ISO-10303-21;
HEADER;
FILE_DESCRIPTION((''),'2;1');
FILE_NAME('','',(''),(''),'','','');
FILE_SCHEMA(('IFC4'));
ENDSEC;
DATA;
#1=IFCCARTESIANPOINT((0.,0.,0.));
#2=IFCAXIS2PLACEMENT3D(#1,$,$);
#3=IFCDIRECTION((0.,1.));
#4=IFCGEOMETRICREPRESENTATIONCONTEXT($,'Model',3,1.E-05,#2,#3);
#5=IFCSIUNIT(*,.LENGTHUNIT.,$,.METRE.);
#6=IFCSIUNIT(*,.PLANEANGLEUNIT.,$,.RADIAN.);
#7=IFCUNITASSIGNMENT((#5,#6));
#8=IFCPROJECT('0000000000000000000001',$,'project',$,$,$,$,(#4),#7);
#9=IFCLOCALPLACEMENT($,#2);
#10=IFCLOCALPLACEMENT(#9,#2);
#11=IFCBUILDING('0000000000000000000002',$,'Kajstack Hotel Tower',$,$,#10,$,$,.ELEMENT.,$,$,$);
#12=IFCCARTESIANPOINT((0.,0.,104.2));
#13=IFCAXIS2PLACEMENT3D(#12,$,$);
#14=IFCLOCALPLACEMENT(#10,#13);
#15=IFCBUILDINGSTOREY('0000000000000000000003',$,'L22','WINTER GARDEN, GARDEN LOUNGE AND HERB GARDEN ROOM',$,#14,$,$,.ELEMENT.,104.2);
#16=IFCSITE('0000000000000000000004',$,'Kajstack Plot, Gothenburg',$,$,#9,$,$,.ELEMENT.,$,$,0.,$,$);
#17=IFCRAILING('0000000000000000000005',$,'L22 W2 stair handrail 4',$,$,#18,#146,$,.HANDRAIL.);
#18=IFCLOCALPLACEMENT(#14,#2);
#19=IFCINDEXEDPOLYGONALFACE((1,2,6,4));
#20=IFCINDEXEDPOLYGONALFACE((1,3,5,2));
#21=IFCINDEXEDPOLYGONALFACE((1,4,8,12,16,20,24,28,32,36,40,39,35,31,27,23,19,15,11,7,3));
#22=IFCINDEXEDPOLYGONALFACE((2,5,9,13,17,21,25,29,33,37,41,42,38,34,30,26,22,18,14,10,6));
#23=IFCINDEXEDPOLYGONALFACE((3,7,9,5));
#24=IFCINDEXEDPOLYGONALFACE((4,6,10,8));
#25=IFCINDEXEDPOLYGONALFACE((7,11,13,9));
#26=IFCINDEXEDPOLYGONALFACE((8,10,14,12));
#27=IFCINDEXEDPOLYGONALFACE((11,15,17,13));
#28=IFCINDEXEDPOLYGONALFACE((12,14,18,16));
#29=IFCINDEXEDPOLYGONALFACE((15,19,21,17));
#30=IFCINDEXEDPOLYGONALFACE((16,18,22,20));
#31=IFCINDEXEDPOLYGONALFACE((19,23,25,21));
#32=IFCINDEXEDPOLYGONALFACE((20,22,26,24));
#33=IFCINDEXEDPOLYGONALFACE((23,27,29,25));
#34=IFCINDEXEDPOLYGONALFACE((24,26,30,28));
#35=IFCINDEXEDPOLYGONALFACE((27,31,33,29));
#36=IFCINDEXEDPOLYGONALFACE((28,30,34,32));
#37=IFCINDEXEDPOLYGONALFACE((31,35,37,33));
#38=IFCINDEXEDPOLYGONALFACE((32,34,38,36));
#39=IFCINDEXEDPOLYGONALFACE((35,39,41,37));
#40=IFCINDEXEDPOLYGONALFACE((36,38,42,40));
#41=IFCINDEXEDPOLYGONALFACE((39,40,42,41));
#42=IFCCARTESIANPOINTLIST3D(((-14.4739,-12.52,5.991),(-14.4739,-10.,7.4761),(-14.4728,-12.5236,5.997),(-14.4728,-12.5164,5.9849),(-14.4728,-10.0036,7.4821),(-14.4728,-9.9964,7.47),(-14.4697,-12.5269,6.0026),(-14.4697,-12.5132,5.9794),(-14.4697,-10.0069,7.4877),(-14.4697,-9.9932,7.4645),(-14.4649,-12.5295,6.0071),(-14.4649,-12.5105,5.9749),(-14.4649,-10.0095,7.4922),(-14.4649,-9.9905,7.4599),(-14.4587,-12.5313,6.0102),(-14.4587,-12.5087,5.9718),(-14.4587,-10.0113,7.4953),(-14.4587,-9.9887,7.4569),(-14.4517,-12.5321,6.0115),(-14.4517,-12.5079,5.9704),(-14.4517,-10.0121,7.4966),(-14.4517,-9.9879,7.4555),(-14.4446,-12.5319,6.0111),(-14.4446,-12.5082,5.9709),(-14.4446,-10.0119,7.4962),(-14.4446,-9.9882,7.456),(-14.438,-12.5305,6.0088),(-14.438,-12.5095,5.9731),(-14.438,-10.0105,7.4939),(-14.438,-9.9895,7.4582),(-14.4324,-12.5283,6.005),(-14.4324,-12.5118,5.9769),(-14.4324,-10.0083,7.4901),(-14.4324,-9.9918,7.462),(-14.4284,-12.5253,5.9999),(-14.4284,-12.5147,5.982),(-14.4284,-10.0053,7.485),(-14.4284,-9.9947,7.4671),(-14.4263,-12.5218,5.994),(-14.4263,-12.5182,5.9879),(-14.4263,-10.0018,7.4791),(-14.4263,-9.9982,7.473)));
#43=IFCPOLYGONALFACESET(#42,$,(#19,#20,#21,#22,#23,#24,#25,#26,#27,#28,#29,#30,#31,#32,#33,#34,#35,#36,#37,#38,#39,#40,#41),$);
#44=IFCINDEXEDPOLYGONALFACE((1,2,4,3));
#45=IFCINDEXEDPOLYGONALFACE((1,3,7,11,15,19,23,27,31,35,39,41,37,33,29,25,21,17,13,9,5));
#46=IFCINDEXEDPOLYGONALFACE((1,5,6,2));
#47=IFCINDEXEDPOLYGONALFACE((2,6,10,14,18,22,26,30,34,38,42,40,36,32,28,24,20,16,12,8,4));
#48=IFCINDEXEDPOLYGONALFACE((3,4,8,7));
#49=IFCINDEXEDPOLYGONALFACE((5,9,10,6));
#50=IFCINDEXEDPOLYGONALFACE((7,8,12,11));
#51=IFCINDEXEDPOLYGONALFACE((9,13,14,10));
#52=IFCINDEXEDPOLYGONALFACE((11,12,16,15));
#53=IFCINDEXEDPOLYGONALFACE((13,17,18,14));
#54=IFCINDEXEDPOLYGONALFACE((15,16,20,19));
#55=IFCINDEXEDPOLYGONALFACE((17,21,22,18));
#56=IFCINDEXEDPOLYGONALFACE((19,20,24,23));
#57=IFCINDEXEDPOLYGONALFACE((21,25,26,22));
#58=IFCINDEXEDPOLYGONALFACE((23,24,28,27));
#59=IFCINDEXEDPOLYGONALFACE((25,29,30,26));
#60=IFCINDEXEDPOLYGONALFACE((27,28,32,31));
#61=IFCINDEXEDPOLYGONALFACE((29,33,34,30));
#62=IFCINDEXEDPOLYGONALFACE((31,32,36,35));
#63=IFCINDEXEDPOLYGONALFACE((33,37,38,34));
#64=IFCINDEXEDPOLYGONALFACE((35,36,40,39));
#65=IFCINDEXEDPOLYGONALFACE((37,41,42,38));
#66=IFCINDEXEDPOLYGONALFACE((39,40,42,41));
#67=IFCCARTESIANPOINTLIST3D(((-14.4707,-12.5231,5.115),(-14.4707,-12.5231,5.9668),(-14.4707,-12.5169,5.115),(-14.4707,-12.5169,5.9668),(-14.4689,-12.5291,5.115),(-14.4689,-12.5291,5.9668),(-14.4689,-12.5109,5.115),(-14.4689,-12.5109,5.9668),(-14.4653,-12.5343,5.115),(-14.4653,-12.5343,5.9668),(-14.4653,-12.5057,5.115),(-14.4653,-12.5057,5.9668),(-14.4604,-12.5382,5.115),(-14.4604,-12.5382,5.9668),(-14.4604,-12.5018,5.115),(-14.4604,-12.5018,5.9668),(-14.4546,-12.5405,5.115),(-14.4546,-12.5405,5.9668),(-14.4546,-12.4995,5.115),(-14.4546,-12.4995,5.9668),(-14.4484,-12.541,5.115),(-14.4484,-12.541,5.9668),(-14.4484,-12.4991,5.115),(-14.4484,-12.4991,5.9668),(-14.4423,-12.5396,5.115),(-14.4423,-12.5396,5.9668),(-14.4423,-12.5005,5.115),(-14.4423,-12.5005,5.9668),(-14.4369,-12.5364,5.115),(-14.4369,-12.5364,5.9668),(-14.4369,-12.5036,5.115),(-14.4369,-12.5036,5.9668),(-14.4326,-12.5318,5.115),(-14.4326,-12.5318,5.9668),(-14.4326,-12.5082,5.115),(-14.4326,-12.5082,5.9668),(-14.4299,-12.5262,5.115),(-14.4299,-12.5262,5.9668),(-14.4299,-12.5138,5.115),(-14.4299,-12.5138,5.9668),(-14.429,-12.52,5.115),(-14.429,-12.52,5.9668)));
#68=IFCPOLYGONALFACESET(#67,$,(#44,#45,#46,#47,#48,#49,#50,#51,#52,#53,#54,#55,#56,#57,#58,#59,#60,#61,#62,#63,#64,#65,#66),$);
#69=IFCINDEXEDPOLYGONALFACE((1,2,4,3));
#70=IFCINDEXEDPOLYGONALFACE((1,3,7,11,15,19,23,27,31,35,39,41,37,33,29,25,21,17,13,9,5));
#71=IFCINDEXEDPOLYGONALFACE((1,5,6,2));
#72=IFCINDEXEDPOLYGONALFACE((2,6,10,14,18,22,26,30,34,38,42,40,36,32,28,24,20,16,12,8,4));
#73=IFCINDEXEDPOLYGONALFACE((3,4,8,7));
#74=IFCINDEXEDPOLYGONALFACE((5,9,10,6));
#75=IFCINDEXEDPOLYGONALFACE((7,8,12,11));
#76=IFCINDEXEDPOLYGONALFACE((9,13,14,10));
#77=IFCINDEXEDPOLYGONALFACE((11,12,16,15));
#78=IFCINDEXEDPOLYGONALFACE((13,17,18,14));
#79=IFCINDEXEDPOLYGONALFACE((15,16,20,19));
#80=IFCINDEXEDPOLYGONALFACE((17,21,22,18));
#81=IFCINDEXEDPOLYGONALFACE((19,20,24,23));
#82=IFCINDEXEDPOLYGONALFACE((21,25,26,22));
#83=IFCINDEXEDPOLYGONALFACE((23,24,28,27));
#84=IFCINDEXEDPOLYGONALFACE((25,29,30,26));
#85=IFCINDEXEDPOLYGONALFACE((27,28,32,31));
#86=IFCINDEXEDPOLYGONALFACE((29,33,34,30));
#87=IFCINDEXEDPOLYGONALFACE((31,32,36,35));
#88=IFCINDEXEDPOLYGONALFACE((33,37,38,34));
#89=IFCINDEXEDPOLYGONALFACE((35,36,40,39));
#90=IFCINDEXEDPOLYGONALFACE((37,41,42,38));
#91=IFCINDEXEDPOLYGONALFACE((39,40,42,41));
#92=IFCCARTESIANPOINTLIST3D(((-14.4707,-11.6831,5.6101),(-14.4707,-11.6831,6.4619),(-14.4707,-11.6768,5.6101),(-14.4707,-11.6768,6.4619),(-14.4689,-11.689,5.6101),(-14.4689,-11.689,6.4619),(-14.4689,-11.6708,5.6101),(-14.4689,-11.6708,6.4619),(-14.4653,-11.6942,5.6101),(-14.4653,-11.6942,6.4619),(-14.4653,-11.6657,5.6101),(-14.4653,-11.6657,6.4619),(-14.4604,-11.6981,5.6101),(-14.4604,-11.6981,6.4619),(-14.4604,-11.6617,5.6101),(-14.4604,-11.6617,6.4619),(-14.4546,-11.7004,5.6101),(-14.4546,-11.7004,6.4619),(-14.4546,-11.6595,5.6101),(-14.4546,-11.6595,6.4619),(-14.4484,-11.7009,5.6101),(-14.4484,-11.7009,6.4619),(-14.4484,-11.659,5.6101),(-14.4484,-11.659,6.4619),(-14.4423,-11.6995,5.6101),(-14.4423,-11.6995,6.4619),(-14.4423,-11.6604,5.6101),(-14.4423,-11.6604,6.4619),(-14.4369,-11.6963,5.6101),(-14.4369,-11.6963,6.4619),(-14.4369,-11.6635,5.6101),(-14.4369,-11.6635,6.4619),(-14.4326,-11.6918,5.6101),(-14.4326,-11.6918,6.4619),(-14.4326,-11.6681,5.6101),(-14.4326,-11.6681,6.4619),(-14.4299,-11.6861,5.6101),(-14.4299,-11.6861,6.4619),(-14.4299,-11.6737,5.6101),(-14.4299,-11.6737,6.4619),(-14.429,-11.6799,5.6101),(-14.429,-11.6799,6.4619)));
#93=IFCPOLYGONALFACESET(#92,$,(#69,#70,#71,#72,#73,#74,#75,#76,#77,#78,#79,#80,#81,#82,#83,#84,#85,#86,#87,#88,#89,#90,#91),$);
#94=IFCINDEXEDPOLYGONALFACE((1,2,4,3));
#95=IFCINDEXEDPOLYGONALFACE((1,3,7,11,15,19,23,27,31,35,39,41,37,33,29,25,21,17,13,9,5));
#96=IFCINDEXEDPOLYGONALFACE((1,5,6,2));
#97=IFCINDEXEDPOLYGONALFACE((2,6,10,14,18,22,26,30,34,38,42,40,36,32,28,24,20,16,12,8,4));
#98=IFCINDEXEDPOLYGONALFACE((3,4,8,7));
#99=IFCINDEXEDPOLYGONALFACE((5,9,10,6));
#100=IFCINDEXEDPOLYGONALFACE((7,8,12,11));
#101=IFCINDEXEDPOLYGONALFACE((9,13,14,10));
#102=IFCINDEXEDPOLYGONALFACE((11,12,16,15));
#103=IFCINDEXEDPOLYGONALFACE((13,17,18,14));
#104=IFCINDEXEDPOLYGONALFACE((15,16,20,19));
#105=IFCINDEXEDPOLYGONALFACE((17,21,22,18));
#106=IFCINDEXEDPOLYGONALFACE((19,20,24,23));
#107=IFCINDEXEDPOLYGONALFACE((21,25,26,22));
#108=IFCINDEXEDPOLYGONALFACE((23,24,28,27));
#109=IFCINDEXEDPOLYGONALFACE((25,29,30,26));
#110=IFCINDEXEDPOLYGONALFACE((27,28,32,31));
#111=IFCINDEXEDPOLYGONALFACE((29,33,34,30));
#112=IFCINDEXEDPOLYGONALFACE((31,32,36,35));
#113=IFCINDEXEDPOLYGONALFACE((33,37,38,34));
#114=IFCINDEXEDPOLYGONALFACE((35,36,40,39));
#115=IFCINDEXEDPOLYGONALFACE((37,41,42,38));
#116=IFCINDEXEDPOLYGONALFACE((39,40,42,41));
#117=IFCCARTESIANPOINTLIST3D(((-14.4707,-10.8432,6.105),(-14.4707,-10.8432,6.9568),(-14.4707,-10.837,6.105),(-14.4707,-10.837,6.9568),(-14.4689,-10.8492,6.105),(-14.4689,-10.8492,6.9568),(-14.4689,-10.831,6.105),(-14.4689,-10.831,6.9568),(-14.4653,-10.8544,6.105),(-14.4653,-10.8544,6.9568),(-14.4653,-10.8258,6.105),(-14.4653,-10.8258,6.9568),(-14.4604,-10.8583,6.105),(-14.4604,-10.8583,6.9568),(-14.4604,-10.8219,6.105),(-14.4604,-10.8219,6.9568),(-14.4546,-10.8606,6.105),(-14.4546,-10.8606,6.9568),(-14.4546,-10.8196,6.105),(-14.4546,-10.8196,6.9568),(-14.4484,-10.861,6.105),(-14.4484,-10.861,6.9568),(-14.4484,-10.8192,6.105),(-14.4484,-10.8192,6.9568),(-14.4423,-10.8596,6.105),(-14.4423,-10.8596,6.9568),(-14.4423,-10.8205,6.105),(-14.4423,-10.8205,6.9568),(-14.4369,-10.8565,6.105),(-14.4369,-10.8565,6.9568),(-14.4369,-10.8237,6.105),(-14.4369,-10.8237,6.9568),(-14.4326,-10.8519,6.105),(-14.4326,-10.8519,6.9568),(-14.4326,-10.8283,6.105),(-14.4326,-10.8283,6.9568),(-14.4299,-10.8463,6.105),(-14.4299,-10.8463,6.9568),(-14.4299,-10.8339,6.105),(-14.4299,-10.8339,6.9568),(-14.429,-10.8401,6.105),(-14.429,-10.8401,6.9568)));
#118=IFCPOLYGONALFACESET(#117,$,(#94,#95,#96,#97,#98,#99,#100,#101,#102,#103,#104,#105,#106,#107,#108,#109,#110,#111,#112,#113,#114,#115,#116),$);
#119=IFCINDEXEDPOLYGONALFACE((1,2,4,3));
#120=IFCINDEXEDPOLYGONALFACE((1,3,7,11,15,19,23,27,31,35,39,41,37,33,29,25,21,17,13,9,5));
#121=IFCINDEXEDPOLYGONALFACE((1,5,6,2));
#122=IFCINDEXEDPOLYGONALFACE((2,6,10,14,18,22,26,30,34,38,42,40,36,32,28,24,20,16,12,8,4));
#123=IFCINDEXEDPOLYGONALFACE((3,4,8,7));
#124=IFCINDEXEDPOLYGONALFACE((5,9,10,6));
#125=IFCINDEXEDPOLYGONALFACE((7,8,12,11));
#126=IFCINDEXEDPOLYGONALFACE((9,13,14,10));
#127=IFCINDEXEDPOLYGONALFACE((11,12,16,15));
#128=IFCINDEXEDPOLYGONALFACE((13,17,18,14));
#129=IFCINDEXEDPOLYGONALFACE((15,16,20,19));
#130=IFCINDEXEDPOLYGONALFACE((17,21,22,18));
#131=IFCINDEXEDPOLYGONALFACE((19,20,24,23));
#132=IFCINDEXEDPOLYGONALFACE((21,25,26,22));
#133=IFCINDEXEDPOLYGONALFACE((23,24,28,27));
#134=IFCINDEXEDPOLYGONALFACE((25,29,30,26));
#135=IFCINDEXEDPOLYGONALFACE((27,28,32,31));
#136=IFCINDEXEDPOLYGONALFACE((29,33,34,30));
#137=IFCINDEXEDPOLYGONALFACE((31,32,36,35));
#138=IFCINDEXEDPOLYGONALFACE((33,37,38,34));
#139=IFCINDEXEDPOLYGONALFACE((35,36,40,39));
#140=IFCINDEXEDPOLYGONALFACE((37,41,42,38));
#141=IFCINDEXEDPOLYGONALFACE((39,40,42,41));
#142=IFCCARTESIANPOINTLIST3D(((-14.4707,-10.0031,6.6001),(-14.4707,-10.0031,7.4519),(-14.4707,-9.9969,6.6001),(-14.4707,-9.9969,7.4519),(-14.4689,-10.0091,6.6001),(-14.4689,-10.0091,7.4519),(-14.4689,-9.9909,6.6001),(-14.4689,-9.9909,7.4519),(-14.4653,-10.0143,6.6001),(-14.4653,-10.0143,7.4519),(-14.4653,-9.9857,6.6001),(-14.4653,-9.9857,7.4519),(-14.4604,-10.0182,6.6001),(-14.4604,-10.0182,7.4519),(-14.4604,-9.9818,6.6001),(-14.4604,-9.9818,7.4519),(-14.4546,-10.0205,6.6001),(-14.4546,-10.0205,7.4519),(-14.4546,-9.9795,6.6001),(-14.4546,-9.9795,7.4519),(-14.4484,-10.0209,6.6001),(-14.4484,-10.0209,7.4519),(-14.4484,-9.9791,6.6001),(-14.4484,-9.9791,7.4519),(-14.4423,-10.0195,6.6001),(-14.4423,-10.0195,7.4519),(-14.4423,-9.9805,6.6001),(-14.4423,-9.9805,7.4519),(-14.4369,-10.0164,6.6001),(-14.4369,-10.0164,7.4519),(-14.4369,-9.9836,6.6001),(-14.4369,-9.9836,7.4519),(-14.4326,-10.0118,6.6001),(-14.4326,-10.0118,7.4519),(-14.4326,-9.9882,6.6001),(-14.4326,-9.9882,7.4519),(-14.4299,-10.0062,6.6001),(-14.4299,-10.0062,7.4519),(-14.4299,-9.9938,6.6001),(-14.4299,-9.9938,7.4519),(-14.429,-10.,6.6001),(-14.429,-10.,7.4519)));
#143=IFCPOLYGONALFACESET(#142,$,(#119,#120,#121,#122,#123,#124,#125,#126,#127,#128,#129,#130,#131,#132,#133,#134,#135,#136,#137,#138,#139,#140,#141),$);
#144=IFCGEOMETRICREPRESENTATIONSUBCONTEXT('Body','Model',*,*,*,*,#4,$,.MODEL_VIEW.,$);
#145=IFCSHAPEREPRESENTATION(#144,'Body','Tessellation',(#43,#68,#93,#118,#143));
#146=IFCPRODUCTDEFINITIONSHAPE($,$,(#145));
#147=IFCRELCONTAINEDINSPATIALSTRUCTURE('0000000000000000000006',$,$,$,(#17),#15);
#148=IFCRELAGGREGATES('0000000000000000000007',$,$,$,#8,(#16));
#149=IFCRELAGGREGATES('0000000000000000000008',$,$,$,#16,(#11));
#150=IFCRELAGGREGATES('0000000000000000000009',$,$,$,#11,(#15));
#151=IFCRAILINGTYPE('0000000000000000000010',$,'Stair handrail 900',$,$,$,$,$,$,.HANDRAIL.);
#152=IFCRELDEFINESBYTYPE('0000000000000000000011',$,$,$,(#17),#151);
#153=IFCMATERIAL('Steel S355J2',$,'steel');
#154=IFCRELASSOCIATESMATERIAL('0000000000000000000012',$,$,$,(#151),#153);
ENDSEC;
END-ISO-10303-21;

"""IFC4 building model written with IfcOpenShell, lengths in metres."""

from ifc_helpers import new_model, si_unit, direction, frame, origin, origin_2d, place, context, subcontext, project, spatial, circle, extrude, material, type_object, element, save


model = new_model("IFC4")

# Units and contexts
model_context = context("Model", 3, precision=1e-05, world=origin(), true_north=direction((0.0, 1.0)))
body_context = subcontext(model_context, "Body", "Model", "MODEL_VIEW")
ifc_project = project(units=[si_unit("LENGTHUNIT", "METRE"), si_unit("PLANEANGLEUNIT", "RADIAN")], contexts=[model_context])

# Site, building, storey
site_placement = place(None, origin())
site = spatial("IfcSite", under=ifc_project, at=site_placement, Name="Kajstack Plot, Gothenburg", CompositionType="ELEMENT", RefElevation=0.0)
building_placement = place(site_placement, origin())
building = spatial("IfcBuilding", under=site, at=building_placement, Name="Kajstack Hotel Tower", CompositionType="ELEMENT")
storey_placement = place(building_placement, frame((0.0, 0.0, 104.2)))
storey = spatial("IfcBuildingStorey", under=building, at=storey_placement, Name="L22", Description="WINTER GARDEN, GARDEN LOUNGE AND HERB GARDEN ROOM", CompositionType="ELEMENT", Elevation=104.2)

# Railing
ifc_material_1 = material(Name="Steel S355J2", Category="steel")
railing_type_1 = type_object("IfcRailingType", Name="Stair handrail 900", PredefinedType="HANDRAIL", material=ifc_material_1)
railing_1_placement = place(storey_placement, frame((-14.45, -12.52, 5.115)))
element("IfcRailing", 1, at=railing_1_placement, inside=storey, type_object=railing_type_1, Name="L22 W2 stair handrail 4", PredefinedType="HANDRAIL", context=body_context, shape_type="SweptSolid", body=[
    extrude(circle(Radius=0.0239, at=origin_2d()), frame((0.0, 0.0, 0.876), z_axis=(0.0, 0.861524, 0.507717), x_axis=(-1.0, 0.0, 0.0)), (0.0, 0.0, 1.0), 2.925),
    extrude(circle(Radius=0.021, at=origin_2d()), origin(), (0.0, 0.0, 1.0), 0.8518),
    extrude(circle(Radius=0.021, at=origin_2d()), frame((0.0, 0.8401, 0.4951)), (0.0, 0.0, 1.0), 0.8518),
    extrude(circle(Radius=0.021, at=origin_2d()), frame((0.0, 1.6799, 0.99)), (0.0, 0.0, 1.0), 0.8518),
    extrude(circle(Radius=0.021, at=origin_2d()), frame((0.0, 2.52, 1.4851)), (0.0, 0.0, 1.0), 0.8518),
])

save(model, "model.ifc")
